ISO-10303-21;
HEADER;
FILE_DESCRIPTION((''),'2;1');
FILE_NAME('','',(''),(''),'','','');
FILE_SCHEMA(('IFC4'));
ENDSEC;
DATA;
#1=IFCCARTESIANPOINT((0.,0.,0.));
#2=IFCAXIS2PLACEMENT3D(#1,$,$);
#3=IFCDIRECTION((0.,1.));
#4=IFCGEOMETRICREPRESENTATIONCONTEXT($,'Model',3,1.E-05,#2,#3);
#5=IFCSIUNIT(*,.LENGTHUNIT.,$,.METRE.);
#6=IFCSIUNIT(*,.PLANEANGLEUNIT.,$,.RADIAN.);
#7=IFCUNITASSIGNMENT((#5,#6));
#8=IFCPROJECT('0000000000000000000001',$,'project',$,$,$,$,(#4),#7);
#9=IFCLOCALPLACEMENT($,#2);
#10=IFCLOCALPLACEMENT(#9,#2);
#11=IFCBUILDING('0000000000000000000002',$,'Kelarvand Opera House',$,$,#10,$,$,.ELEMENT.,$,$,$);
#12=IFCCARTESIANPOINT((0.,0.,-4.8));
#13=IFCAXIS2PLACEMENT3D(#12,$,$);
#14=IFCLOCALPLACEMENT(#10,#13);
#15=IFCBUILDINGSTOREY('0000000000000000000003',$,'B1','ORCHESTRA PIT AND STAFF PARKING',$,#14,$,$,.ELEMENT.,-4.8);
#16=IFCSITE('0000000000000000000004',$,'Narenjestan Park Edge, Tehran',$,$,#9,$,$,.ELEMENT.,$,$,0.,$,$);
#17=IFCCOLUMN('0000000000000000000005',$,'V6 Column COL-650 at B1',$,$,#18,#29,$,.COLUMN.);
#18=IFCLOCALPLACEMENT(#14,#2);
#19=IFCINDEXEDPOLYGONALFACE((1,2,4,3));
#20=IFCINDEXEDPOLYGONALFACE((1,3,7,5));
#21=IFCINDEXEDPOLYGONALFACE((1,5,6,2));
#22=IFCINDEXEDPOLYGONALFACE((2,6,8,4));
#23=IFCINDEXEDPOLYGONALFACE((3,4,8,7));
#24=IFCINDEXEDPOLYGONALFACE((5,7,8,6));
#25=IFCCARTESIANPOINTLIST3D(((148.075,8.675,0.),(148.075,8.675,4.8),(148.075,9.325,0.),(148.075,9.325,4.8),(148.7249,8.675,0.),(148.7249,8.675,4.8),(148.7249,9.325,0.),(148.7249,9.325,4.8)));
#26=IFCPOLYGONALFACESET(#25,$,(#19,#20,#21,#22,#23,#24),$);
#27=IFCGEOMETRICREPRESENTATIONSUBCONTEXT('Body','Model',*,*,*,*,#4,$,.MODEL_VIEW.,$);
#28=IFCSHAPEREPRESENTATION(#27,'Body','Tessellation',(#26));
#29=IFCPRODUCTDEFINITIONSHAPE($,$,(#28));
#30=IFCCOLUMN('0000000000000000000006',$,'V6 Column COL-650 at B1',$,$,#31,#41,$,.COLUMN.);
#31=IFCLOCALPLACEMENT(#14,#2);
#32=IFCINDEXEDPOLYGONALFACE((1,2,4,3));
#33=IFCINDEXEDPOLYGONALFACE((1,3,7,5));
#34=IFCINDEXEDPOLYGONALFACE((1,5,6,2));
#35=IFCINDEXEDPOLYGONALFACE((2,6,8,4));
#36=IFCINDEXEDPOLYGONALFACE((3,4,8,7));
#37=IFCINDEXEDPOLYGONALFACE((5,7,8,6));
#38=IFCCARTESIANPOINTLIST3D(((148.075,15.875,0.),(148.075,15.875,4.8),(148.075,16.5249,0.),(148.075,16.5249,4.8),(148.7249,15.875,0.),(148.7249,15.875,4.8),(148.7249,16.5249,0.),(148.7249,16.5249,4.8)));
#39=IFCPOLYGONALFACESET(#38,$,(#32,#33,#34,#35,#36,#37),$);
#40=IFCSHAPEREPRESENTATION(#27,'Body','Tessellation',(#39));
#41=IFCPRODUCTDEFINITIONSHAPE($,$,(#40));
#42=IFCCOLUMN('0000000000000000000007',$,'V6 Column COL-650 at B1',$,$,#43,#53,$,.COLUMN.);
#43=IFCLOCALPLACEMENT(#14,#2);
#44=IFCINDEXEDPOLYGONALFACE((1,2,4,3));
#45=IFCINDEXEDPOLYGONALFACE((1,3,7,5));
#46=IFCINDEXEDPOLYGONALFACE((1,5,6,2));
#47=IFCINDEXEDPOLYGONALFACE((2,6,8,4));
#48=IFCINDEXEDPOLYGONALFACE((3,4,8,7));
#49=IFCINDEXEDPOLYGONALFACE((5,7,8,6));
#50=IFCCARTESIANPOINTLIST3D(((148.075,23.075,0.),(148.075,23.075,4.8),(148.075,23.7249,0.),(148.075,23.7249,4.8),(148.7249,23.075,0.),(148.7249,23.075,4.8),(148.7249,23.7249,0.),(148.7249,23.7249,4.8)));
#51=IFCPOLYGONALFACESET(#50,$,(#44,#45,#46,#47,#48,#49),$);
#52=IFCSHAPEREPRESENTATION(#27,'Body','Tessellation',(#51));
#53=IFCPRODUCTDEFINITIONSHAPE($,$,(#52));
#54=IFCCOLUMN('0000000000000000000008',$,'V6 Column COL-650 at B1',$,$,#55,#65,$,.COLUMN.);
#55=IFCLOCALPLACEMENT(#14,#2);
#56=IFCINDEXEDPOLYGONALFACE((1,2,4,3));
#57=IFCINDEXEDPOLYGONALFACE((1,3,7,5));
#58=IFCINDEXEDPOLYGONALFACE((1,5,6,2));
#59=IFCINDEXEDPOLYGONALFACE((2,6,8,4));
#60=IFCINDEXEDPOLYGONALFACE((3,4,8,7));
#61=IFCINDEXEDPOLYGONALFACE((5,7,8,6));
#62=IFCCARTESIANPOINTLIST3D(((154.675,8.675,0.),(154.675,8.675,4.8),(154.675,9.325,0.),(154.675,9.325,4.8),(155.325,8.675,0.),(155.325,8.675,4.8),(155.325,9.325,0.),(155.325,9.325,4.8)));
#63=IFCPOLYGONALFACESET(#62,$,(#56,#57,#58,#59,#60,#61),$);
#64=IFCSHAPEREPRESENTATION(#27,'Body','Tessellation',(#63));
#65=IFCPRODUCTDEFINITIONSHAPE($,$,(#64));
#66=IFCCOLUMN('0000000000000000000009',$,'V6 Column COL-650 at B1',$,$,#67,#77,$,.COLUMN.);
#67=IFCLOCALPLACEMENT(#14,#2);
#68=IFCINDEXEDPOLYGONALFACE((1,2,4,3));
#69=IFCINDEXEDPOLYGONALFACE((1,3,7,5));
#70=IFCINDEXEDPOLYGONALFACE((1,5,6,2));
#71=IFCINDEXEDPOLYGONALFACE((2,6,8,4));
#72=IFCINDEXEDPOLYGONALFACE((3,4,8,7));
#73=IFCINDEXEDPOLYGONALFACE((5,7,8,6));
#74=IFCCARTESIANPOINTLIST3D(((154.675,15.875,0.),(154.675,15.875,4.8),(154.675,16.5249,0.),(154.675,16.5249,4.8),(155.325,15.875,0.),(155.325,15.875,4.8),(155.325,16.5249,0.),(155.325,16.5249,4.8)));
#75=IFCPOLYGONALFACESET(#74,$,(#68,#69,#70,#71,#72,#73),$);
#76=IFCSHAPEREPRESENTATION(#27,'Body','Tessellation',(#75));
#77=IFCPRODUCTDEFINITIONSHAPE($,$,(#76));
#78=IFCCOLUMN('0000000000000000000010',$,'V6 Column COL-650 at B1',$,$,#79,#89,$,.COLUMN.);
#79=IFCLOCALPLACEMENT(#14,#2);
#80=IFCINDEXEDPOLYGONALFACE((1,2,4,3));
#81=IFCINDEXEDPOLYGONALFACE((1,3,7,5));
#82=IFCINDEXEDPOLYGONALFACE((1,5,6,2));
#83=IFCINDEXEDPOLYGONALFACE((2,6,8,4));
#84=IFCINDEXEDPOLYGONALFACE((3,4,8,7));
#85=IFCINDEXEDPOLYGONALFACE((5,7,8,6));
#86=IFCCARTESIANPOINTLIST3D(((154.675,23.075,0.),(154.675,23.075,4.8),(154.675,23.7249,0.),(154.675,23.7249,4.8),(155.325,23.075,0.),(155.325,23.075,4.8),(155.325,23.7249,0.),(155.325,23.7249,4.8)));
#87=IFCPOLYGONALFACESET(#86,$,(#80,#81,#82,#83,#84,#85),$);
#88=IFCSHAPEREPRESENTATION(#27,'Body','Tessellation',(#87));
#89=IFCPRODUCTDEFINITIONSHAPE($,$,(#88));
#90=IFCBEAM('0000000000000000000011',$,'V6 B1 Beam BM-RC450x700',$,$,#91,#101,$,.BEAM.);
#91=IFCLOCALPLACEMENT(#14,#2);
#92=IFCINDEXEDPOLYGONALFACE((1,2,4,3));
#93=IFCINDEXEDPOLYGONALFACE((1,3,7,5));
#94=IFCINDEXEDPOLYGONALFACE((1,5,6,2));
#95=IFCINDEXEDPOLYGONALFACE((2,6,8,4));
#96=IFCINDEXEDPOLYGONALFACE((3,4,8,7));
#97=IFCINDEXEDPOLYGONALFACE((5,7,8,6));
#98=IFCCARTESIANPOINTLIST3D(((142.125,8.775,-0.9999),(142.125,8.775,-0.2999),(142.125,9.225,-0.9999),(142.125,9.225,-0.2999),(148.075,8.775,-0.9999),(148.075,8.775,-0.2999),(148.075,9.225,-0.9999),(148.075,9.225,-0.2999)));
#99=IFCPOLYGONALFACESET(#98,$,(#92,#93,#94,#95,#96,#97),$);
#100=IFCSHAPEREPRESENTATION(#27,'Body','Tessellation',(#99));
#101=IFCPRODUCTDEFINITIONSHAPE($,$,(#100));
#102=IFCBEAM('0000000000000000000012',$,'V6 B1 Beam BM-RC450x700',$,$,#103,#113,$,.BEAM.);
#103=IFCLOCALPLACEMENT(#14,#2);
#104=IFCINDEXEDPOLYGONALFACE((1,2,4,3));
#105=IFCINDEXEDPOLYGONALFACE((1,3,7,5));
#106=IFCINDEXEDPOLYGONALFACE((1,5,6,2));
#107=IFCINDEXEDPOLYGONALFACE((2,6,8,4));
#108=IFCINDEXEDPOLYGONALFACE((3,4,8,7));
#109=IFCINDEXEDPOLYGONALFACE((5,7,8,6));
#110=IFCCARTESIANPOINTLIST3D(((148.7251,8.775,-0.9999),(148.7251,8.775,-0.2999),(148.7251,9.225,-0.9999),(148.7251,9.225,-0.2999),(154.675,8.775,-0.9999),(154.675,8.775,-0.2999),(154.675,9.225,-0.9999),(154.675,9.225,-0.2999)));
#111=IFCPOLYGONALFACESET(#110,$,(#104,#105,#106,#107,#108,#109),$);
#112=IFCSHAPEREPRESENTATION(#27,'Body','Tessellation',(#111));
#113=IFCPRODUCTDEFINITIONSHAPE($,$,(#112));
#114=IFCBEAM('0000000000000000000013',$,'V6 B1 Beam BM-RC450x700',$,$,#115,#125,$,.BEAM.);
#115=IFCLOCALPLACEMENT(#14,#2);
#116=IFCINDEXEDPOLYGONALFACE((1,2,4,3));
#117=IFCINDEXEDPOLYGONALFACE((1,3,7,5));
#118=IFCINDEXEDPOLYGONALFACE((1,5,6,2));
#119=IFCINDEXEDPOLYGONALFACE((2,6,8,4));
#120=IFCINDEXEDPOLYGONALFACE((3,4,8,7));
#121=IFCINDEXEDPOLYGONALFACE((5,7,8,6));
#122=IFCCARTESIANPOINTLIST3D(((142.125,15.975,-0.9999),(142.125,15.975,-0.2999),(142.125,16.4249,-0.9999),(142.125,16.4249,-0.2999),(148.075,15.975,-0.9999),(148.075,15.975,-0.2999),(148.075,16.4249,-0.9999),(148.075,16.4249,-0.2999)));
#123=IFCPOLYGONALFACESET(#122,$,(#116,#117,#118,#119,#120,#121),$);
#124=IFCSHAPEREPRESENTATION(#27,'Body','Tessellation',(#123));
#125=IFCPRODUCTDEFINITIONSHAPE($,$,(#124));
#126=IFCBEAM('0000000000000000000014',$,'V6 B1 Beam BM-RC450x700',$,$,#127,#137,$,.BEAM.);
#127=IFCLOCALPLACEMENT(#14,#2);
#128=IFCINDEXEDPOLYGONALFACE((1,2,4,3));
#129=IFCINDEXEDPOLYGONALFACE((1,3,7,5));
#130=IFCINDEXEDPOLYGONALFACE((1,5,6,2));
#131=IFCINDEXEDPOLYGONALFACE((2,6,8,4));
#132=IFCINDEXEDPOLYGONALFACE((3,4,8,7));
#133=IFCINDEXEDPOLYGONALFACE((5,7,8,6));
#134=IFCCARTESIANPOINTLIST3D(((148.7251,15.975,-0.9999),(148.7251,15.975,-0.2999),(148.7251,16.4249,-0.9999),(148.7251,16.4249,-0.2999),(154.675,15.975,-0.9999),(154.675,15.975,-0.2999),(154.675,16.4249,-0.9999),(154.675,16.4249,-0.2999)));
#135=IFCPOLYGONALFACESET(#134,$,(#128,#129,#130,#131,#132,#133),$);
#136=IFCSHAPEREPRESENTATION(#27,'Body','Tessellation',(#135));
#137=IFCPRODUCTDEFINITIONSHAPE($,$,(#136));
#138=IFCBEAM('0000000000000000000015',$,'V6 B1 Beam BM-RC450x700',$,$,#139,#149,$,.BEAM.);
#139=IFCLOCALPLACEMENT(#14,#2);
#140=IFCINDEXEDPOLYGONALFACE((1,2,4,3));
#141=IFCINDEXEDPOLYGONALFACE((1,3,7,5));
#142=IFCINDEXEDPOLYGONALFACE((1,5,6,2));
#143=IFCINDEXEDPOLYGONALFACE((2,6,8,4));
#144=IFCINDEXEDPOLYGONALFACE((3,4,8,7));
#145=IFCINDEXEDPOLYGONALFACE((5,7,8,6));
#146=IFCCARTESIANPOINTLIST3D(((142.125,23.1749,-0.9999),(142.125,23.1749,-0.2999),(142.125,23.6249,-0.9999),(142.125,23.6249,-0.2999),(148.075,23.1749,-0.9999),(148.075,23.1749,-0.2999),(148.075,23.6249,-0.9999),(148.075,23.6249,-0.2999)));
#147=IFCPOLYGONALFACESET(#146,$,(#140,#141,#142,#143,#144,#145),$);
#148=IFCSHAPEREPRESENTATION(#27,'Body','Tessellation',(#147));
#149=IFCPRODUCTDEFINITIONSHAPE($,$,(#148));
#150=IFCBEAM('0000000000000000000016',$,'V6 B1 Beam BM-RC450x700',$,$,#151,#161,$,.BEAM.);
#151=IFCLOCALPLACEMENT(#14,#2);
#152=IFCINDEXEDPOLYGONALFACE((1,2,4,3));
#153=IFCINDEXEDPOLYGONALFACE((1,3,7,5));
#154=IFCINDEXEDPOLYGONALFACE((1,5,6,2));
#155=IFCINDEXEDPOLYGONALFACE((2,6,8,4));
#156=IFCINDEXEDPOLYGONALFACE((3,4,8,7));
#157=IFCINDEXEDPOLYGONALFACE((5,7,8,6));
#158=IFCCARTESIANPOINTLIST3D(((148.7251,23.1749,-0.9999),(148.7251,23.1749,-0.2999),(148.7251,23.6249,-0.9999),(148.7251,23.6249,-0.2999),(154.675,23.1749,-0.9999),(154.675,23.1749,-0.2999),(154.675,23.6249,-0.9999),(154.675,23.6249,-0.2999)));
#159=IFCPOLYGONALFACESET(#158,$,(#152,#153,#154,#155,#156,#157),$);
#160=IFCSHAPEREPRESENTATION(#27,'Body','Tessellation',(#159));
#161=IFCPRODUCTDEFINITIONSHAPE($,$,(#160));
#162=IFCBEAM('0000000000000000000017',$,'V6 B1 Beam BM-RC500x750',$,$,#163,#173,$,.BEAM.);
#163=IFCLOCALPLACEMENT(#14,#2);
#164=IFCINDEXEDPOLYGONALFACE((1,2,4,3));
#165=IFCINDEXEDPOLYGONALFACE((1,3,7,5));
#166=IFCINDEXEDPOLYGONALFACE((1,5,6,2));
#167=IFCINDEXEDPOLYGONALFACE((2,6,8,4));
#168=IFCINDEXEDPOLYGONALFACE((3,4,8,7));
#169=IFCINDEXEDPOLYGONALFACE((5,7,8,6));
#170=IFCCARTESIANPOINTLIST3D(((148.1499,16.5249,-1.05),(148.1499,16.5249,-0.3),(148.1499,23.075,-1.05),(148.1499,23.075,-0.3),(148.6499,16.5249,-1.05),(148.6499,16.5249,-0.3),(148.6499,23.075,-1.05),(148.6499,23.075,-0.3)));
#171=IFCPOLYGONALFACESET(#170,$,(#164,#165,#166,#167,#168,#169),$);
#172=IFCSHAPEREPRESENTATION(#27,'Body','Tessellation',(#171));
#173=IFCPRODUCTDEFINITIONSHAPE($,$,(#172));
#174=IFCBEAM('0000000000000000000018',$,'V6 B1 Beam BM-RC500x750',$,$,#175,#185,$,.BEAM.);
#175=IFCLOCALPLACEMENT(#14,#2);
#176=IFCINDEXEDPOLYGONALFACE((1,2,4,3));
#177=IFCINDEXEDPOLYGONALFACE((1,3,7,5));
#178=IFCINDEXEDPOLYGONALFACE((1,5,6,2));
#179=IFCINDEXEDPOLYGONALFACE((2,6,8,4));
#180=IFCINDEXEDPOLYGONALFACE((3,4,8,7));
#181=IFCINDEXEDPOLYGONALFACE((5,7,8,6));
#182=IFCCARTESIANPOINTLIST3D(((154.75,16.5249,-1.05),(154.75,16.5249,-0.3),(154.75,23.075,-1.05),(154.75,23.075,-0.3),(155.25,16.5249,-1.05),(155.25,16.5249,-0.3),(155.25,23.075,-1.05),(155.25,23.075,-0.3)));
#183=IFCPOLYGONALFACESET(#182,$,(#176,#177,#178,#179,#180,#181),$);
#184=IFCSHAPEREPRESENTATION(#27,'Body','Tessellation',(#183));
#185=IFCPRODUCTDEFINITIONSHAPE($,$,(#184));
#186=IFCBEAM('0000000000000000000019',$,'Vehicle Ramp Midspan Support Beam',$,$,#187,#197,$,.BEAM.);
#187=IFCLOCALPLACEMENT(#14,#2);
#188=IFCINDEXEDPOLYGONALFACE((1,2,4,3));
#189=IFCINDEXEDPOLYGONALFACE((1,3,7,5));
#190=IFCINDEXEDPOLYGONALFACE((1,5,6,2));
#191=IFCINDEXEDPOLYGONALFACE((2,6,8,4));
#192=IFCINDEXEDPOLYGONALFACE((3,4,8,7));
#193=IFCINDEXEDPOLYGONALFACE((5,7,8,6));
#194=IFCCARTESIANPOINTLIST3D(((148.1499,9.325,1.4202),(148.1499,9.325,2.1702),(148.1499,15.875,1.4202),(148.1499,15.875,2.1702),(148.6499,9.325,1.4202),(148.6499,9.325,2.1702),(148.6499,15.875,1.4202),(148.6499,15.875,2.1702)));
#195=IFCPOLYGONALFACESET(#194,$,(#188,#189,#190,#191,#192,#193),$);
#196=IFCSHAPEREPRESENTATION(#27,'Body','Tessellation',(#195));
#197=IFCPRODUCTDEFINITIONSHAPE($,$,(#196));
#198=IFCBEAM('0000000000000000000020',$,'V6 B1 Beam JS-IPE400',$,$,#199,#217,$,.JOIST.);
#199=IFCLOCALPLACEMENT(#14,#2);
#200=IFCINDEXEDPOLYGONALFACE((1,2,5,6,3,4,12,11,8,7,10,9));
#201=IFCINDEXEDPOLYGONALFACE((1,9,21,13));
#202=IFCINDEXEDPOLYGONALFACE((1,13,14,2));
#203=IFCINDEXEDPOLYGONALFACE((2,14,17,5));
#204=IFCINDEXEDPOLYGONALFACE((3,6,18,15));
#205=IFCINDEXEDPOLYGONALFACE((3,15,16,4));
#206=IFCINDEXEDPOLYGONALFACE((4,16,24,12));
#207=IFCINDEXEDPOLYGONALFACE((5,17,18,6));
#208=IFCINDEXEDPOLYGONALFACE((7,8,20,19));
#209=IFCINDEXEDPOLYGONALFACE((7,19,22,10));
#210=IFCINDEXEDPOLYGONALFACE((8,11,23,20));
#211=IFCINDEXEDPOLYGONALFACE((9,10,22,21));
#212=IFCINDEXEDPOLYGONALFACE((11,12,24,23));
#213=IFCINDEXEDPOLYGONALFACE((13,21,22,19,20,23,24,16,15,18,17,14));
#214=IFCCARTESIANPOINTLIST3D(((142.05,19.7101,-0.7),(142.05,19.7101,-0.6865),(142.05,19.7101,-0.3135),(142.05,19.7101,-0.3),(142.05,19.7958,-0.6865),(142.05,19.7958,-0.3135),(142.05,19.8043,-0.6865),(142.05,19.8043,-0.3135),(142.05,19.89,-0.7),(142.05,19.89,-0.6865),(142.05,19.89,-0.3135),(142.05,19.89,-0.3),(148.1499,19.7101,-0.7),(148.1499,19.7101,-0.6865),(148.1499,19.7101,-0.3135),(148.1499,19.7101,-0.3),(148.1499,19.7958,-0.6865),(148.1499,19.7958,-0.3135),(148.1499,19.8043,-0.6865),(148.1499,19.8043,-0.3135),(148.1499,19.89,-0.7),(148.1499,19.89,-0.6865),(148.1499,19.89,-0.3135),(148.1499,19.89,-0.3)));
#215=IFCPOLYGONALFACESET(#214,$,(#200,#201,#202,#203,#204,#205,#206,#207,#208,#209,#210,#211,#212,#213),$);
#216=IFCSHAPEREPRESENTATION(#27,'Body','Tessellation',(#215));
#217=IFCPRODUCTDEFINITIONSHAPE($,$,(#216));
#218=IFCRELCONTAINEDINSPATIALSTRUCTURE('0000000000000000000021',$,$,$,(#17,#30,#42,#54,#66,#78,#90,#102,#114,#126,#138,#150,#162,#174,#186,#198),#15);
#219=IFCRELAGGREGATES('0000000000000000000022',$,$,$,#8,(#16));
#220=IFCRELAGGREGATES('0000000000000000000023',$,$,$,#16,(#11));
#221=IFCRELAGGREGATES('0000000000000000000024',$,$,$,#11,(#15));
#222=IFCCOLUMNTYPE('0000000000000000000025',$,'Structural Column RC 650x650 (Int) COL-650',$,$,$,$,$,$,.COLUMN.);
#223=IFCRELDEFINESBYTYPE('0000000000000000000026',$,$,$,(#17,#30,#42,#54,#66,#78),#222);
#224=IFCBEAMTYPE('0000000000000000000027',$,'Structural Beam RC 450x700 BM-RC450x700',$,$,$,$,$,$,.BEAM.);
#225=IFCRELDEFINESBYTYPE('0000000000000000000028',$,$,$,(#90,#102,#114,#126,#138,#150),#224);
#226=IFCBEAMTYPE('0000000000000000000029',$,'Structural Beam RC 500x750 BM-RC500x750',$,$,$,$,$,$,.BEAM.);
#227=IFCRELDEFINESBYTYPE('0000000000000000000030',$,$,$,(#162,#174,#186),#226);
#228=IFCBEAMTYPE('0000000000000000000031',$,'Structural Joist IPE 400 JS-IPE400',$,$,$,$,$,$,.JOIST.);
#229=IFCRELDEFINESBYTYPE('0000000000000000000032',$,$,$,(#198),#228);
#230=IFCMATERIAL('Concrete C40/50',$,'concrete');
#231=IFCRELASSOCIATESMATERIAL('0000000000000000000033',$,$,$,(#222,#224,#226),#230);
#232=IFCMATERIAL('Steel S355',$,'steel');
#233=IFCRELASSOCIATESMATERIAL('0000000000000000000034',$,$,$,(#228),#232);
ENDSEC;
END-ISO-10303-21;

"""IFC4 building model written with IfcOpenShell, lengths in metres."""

from ifc_helpers import new_model, si_unit, direction, frame, origin, origin_2d, place, context, subcontext, project, spatial, rectangle, i_section, extrude, material, material_profile, profile_set, type_object, element, save


model = new_model("IFC4")

# Units and contexts
model_context = context("Model", 3, precision=1e-05, world=origin(), true_north=direction((0.0, 1.0)))
body_context = subcontext(model_context, "Body", "Model", "MODEL_VIEW")
ifc_project = project(units=[si_unit("LENGTHUNIT", "METRE"), si_unit("PLANEANGLEUNIT", "RADIAN")], contexts=[model_context])

# Site, building, storey
site_placement = place(None, origin())
site = spatial("IfcSite", under=ifc_project, at=site_placement, Name="Narenjestan Park Edge, Tehran", CompositionType="ELEMENT", RefElevation=0.0)
building_placement = place(site_placement, origin())
building = spatial("IfcBuilding", under=site, at=building_placement, Name="Kelarvand Opera House", CompositionType="ELEMENT")
storey_placement = place(building_placement, frame((0.0, 0.0, -4.8)))
storey = spatial("IfcBuildingStorey", under=building, at=storey_placement, Name="B1", Description="ORCHESTRA PIT AND STAFF PARKING", CompositionType="ELEMENT", Elevation=-4.8)

# Columns
ifc_material_1 = material(Name="Concrete C40/50", Category="concrete")
ifc_material_profile_1 = material_profile(ifc_material_1, rectangle(XDim=0.6499, YDim=0.6499, at=origin_2d()), Name="RC 650x650", Category="concrete")
ifc_profile_set_1 = profile_set([ifc_material_profile_1], Name="Concrete C40/50")
column_type = type_object("IfcColumnType", Name="Structural Column RC 650x650 (Int) COL-650", PredefinedType="COLUMN", material=ifc_profile_set_1)
for number, where, z_axis, x_axis, name in (
    (1, (148.3999, 9.0, 0.0), (0.0, 0.0, 1.0), (1.0, 0.0, 0.0), "V6 Column COL-650 at B1"),
    (2, (148.3999, 16.2, 0.0), (0.0, 0.0, 1.0), (1.0, 0.0, 0.0), "V6 Column COL-650 at B1"),
    (3, (148.3999, 23.3999, 0.0), (0.0, 0.0, 1.0), (1.0, 0.0, 0.0), "V6 Column COL-650 at B1"),
    (4, (155.0, 9.0, 0.0), (0.0, 0.0, 1.0), (1.0, 0.0, 0.0), "V6 Column COL-650 at B1"),
    (5, (155.0, 16.2, 0.0), (0.0, 0.0, 1.0), (1.0, 0.0, 0.0), "V6 Column COL-650 at B1"),
    (6, (155.0, 23.3999, 0.0), (0.0, 0.0, 1.0), (1.0, 0.0, 0.0), "V6 Column COL-650 at B1"),
):
    element("IfcColumn", number, at=place(storey_placement, frame(where, z_axis=z_axis, x_axis=x_axis)), inside=storey, type_object=column_type, Name=name, PredefinedType="COLUMN", context=body_context, shape_type="SweptSolid", body=[
        extrude(rectangle(XDim=0.6499, YDim=0.6499, at=origin_2d()), origin(), (0.0, 0.0, 1.0), 4.8),
    ])

# Beams
ifc_material_profile_2 = material_profile(ifc_material_1, rectangle(XDim=0.45, YDim=0.7, at=origin_2d()), Name="RC 450x700", Category="concrete")
ifc_profile_set_2 = profile_set([ifc_material_profile_2], Name="Concrete C40/50")
beam_type_1 = type_object("IfcBeamType", Name="Structural Beam RC 450x700 BM-RC450x700", PredefinedType="BEAM", material=ifc_profile_set_2)
for number, where, z_axis, x_axis, name in (
    (7, (142.125, 9.0, -0.6499), (1.0, 0.0, 0.0), (0.0, 1.0, 0.0), "V6 B1 Beam BM-RC450x700"),
    (8, (148.7251, 9.0, -0.6499), (1.0, 0.0, 0.0), (0.0, 1.0, 0.0), "V6 B1 Beam BM-RC450x700"),
    (9, (142.125, 16.2, -0.6499), (1.0, 0.0, 0.0), (0.0, 1.0, 0.0), "V6 B1 Beam BM-RC450x700"),
    (10, (148.7251, 16.2, -0.6499), (1.0, 0.0, 0.0), (0.0, 1.0, 0.0), "V6 B1 Beam BM-RC450x700"),
    (11, (142.125, 23.3999, -0.6499), (1.0, 0.0, 0.0), (0.0, 1.0, 0.0), "V6 B1 Beam BM-RC450x700"),
    (12, (148.7251, 23.3999, -0.6499), (1.0, 0.0, 0.0), (0.0, 1.0, 0.0), "V6 B1 Beam BM-RC450x700"),
):
    element("IfcBeam", number, at=place(storey_placement, frame(where, z_axis=z_axis, x_axis=x_axis)), inside=storey, type_object=beam_type_1, Name=name, PredefinedType="BEAM", context=body_context, shape_type="SweptSolid", body=[
        extrude(rectangle(XDim=0.45, YDim=0.7, at=origin_2d()), origin(), (0.0, 0.0, 1.0), 5.95),
    ])
ifc_material_profile_3 = material_profile(ifc_material_1, rectangle(XDim=0.5, YDim=0.75, at=origin_2d()), Name="RC 500x750", Category="concrete")
ifc_profile_set_3 = profile_set([ifc_material_profile_3], Name="Concrete C40/50")
beam_type_2 = type_object("IfcBeamType", Name="Structural Beam RC 500x750 BM-RC500x750", PredefinedType="BEAM", material=ifc_profile_set_3)
for number, where, z_axis, x_axis, name in (
    (13, (148.3999, 16.5249, -0.675), (0.0, 1.0, 0.0), (-1.0, 0.0, 0.0), "V6 B1 Beam BM-RC500x750"),
    (14, (155.0, 16.5249, -0.675), (0.0, 1.0, 0.0), (-1.0, 0.0, 0.0), "V6 B1 Beam BM-RC500x750"),
    (15, (148.3999, 9.325, 1.7952), (0.0, 1.0, 0.0), (-1.0, 0.0, 0.0), "Vehicle Ramp Midspan Support Beam"),
):
    element("IfcBeam", number, at=place(storey_placement, frame(where, z_axis=z_axis, x_axis=x_axis)), inside=storey, type_object=beam_type_2, Name=name, PredefinedType="BEAM", context=body_context, shape_type="SweptSolid", body=[
        extrude(rectangle(XDim=0.5, YDim=0.75, at=origin_2d()), origin(), (0.0, 0.0, 1.0), 6.55),
    ])
ifc_material_2 = material(Name="Steel S355", Category="steel")
ifc_material_profile_4 = material_profile(ifc_material_2, i_section(OverallWidth=0.1799, OverallDepth=0.3999, WebThickness=0.0085, FlangeThickness=0.0134, at=origin_2d()), Name="IPE 400", Category="steel")
ifc_profile_set_4 = profile_set([ifc_material_profile_4], Name="Steel S355")
beam_type_3 = type_object("IfcBeamType", Name="Structural Joist IPE 400 JS-IPE400", PredefinedType="JOIST", material=ifc_profile_set_4)
beam_1_placement = place(storey_placement, frame((142.05, 19.8, -0.5), z_axis=(1.0, 0.0, 0.0), x_axis=(0.0, 1.0, 0.0)))
element("IfcBeam", 16, at=beam_1_placement, inside=storey, type_object=beam_type_3, Name="V6 B1 Beam JS-IPE400", PredefinedType="JOIST", context=body_context, shape_type="SweptSolid", body=[
    extrude(i_section(OverallWidth=0.1799, OverallDepth=0.3999, WebThickness=0.0085, FlangeThickness=0.0134, at=origin_2d()), origin(), (0.0, 0.0, 1.0), 6.0999),
])

save(model, "model.ifc")
